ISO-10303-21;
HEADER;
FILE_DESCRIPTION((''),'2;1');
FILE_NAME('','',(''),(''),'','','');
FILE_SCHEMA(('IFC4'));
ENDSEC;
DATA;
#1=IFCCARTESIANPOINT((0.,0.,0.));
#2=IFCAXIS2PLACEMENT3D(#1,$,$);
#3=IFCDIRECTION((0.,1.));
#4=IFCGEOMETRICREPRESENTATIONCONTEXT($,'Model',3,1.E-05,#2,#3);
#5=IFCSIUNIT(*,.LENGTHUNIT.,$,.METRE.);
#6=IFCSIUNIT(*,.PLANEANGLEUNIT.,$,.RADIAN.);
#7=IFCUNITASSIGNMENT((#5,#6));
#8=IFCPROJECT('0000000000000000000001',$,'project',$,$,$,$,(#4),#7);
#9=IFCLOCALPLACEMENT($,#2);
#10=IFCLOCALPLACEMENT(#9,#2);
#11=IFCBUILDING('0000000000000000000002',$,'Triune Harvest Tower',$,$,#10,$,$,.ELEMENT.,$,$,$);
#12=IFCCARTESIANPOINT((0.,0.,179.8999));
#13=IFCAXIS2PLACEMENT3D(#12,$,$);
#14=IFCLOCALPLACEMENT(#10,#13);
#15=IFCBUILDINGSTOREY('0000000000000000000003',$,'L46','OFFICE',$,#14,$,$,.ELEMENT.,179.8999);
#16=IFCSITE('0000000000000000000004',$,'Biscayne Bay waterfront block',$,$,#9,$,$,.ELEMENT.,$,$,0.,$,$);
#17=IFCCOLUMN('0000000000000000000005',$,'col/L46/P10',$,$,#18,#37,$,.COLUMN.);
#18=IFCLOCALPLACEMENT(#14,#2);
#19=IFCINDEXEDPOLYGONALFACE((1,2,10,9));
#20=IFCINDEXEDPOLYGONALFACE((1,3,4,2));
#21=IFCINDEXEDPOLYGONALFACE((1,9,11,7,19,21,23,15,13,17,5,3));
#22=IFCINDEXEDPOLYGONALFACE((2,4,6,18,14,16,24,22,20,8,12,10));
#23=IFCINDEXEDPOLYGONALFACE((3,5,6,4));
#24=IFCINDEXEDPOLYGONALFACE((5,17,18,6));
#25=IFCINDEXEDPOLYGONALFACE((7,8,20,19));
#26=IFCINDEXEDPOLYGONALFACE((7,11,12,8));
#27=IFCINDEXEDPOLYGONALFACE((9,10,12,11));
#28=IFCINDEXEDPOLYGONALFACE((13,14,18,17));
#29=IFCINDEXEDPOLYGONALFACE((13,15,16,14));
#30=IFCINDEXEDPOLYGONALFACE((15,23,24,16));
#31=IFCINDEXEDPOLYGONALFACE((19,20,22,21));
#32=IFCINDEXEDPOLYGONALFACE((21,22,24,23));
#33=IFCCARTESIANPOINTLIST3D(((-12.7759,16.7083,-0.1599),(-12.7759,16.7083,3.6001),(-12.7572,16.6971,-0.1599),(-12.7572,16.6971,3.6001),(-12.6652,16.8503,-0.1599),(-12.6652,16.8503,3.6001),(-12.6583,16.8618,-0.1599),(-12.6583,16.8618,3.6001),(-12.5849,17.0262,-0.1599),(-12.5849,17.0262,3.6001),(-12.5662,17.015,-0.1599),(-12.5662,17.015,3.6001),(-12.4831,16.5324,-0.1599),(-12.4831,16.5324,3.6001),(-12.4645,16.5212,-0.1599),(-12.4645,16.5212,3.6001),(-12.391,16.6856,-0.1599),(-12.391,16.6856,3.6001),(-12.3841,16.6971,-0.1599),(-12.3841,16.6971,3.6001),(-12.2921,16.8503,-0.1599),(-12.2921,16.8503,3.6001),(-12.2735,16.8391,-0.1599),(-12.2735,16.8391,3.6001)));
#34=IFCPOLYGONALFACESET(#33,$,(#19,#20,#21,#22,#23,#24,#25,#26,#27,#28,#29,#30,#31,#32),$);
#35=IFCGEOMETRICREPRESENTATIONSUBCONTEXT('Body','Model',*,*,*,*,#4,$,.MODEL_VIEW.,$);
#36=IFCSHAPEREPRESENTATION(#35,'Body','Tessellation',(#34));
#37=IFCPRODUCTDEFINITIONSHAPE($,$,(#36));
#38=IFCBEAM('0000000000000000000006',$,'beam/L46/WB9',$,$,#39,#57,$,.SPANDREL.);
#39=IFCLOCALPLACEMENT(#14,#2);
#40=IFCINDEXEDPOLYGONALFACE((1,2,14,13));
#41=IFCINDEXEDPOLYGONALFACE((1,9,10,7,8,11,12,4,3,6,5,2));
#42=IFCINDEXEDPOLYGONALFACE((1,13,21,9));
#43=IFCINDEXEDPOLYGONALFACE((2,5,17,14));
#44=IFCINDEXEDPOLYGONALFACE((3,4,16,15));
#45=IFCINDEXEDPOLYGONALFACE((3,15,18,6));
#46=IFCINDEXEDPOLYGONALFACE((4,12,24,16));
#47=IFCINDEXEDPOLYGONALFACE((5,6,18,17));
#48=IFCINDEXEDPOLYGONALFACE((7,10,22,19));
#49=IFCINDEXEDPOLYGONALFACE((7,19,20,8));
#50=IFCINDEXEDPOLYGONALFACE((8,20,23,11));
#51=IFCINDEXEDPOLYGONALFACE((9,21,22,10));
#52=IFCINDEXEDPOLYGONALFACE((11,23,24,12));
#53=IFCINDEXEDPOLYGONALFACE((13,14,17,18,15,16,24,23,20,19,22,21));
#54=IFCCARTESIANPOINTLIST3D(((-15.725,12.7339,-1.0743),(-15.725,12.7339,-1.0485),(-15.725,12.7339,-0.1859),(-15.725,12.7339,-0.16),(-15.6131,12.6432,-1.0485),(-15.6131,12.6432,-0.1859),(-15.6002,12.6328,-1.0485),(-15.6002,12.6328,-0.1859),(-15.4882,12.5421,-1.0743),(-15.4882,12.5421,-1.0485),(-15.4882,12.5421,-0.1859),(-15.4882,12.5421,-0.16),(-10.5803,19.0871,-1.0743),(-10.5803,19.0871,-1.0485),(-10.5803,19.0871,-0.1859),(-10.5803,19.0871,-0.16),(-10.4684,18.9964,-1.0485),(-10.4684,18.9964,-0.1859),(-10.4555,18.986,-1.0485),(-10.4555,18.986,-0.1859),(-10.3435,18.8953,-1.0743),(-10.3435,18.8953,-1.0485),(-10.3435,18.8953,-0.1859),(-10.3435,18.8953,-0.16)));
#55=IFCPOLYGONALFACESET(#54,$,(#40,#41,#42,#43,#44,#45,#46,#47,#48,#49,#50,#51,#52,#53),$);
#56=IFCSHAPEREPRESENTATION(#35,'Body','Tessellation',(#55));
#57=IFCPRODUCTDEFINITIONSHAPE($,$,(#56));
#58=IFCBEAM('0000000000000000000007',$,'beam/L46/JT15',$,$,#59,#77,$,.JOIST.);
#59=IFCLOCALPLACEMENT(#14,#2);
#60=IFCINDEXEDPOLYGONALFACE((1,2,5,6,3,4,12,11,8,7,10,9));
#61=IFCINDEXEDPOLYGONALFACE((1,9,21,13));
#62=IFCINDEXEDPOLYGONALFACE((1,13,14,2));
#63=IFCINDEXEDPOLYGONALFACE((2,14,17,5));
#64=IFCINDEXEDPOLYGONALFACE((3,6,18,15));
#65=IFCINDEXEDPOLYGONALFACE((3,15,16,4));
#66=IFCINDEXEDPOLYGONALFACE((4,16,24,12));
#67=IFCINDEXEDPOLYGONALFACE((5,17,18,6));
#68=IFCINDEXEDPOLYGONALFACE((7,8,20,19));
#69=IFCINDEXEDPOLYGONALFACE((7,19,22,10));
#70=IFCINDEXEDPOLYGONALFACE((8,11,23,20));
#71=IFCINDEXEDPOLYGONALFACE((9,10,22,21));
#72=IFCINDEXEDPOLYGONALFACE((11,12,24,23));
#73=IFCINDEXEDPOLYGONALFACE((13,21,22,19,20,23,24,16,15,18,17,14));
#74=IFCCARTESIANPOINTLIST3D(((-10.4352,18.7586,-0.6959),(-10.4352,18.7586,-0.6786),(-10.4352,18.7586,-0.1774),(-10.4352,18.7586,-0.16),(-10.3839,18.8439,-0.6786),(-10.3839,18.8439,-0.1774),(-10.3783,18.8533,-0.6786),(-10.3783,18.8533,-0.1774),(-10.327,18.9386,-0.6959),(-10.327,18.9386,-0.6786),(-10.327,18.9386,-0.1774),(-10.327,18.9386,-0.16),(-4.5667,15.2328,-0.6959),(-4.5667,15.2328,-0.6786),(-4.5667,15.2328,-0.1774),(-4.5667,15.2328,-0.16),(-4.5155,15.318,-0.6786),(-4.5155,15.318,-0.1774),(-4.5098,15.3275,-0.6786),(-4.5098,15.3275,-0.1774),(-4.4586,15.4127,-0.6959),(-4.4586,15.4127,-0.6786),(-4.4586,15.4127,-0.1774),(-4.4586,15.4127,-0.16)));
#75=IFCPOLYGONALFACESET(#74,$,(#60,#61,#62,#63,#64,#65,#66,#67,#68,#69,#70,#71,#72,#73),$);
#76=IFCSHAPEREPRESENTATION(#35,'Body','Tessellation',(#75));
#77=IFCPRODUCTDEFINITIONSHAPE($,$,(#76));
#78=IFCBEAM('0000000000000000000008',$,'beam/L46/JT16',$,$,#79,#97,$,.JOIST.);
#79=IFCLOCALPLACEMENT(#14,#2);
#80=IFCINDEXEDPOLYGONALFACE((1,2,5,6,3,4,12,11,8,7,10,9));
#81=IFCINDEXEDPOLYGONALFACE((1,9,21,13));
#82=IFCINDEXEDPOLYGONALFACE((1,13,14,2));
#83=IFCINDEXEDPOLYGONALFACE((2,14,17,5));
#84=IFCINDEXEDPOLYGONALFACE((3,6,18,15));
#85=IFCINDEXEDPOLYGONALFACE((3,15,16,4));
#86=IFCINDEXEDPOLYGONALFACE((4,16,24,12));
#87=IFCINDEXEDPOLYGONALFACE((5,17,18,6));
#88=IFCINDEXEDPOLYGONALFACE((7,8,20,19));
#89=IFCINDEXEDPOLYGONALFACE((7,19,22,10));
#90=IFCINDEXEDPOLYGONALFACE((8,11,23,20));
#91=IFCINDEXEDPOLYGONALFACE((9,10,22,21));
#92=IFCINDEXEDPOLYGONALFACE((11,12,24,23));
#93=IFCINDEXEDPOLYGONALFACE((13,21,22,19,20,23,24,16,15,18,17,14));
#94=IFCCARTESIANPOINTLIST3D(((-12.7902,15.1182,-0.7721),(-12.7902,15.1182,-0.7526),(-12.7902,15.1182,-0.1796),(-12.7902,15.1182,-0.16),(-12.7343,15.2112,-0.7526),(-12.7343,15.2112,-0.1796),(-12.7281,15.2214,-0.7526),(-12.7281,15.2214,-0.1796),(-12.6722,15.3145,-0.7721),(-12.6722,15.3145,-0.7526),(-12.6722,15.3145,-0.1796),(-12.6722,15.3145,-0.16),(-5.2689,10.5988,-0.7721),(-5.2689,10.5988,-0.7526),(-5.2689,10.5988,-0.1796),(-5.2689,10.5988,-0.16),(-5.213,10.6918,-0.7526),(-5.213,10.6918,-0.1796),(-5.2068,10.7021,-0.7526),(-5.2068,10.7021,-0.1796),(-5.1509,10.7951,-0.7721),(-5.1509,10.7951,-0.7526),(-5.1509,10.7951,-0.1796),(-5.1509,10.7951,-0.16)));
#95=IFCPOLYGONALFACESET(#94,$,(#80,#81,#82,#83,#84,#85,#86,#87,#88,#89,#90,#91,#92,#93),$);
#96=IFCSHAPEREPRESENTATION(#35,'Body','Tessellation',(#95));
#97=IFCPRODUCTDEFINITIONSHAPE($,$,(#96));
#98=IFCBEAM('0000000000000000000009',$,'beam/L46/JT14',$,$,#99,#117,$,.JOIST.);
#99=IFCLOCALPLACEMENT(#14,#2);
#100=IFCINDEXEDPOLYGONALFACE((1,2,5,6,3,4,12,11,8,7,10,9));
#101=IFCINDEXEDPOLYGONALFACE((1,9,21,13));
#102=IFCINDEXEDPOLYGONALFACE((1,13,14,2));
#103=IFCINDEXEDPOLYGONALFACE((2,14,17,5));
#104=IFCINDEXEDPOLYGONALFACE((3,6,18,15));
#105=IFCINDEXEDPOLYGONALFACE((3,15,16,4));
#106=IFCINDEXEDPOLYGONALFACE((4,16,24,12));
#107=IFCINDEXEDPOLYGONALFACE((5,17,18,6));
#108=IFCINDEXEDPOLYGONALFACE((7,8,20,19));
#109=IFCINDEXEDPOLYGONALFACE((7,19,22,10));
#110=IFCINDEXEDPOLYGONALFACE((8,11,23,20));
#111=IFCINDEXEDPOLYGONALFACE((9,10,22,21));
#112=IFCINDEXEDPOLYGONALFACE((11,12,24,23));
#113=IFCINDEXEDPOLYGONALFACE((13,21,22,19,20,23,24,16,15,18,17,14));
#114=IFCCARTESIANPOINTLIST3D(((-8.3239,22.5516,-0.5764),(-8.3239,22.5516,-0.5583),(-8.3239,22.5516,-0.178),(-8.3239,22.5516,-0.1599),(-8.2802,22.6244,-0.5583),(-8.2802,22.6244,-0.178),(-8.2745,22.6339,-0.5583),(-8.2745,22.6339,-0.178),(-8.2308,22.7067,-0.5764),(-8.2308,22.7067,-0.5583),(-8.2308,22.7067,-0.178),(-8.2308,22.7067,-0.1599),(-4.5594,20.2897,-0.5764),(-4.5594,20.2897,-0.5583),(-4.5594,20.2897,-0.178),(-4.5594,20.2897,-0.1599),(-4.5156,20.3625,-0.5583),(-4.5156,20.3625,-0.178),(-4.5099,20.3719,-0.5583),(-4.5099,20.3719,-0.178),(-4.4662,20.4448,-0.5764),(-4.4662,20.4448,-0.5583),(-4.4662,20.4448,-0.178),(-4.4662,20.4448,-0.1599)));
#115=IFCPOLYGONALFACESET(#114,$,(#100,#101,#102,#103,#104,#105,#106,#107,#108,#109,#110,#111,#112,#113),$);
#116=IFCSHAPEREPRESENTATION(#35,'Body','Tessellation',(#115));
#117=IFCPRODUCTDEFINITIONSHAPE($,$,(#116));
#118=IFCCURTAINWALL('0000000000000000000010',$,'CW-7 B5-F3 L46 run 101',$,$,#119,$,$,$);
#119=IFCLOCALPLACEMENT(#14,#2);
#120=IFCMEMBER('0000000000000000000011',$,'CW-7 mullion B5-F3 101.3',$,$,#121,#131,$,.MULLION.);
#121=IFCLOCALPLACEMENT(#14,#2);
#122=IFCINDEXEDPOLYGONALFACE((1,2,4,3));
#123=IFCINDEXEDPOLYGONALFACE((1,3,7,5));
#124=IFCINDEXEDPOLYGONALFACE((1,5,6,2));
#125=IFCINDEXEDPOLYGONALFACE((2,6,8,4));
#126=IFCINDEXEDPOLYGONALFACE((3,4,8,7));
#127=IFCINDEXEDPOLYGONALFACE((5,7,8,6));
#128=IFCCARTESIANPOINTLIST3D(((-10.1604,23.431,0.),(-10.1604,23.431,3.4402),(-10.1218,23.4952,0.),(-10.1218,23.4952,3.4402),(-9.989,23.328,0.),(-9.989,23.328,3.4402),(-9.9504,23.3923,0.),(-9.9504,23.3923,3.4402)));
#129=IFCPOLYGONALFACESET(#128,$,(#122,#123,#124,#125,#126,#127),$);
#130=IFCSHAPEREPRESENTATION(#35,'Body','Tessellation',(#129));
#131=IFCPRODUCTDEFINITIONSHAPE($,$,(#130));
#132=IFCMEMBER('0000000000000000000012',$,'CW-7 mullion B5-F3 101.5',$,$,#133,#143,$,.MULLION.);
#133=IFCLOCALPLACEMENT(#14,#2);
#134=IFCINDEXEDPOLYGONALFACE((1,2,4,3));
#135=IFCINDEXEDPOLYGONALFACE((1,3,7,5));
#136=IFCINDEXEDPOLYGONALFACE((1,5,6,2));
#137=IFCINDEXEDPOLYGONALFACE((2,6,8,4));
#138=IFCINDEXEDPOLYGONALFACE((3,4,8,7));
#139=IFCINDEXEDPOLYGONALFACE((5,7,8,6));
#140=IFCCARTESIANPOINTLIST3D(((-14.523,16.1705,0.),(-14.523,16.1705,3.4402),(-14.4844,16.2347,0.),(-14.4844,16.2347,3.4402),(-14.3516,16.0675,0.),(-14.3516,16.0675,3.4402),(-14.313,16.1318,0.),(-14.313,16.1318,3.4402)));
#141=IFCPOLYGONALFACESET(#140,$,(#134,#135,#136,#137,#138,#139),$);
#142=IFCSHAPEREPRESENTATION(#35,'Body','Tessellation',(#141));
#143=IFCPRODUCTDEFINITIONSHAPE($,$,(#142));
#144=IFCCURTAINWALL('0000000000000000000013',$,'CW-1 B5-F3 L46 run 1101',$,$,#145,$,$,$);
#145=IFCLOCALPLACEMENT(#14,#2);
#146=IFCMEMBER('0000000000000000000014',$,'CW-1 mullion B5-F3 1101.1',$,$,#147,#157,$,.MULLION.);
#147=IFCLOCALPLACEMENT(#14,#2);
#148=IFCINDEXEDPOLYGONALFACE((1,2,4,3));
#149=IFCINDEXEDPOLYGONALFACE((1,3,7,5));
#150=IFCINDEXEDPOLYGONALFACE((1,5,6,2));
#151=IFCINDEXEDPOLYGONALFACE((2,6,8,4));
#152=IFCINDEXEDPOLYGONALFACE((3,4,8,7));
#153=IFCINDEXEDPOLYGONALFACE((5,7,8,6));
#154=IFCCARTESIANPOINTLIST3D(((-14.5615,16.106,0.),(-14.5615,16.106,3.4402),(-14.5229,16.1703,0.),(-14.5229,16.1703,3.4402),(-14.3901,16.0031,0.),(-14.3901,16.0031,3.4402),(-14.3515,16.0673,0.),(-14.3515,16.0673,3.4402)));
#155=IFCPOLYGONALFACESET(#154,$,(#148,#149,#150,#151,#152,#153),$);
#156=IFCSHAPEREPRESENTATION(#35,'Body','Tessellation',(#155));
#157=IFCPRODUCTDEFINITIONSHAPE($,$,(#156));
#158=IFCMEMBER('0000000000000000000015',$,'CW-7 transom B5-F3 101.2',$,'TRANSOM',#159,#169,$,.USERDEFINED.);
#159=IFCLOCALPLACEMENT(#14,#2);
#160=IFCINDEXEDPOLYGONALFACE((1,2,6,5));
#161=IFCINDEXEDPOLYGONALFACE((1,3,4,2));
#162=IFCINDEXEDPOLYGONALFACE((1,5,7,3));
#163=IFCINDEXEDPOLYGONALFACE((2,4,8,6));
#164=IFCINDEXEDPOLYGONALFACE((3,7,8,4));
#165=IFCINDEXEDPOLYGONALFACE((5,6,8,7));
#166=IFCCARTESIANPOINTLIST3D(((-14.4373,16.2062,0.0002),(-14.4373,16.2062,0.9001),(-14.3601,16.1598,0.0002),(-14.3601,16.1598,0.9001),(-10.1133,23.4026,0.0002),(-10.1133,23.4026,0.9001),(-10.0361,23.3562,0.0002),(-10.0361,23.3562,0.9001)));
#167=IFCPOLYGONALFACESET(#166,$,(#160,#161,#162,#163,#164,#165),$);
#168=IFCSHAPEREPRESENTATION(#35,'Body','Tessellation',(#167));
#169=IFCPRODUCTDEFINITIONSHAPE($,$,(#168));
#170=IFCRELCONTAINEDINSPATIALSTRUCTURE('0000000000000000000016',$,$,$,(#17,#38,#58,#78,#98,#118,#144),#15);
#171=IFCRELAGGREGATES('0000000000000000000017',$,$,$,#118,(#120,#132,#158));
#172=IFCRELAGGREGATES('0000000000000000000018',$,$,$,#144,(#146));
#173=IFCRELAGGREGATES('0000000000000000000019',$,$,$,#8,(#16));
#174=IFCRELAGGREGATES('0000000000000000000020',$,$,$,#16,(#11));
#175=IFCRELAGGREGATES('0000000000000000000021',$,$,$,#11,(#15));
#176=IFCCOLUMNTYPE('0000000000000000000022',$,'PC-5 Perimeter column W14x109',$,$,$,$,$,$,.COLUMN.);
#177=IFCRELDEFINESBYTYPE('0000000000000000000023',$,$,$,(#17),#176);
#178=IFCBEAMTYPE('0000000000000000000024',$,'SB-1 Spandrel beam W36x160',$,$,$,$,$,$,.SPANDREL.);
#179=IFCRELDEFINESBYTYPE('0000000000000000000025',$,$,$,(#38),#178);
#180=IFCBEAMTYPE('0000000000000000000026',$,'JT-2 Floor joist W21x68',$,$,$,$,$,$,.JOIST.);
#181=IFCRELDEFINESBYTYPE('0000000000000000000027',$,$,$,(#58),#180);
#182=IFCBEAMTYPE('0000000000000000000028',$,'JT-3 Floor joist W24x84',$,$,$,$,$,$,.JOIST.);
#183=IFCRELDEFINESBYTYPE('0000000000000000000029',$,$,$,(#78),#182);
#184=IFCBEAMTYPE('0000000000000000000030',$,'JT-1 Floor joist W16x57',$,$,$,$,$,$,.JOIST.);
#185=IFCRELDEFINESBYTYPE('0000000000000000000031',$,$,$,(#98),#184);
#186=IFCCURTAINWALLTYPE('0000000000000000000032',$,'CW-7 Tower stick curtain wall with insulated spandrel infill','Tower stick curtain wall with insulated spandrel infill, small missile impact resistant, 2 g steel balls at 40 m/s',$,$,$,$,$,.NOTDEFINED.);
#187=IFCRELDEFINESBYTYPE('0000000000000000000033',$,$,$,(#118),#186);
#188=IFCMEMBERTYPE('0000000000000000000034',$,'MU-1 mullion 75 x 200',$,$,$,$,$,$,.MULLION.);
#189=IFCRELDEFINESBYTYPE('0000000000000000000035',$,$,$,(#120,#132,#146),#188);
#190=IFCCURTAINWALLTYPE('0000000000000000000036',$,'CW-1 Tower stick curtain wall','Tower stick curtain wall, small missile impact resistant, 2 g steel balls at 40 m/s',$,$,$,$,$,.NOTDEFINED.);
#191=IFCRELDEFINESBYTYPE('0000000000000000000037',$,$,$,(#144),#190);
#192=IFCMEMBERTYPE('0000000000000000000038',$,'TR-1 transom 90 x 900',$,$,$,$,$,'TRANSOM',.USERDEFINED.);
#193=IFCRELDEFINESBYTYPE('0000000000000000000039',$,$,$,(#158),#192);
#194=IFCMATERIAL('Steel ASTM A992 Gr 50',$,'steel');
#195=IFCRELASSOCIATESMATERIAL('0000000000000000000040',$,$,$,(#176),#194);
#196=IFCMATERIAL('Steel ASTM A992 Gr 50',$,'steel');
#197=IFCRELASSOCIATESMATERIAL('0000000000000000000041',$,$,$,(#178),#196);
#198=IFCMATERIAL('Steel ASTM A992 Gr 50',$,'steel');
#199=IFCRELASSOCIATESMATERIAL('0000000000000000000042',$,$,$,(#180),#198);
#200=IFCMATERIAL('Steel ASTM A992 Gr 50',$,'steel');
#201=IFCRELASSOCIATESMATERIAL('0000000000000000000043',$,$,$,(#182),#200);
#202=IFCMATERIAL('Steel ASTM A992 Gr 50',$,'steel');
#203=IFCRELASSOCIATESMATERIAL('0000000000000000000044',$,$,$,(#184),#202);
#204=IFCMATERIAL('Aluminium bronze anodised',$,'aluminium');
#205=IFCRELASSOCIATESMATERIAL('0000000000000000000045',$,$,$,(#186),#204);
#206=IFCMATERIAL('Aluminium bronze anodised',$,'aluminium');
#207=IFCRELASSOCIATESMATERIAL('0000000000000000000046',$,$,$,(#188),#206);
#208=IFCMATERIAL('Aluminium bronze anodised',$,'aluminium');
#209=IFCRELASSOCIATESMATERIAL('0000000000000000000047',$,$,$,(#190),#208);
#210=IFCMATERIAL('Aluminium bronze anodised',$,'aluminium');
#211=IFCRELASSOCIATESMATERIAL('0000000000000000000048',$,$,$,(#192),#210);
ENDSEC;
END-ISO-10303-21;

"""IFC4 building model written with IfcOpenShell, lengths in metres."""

from ifc_helpers import new_model, si_unit, direction, frame, origin, origin_2d, place, context, subcontext, project, spatial, rectangle, i_section, extrude, source, transform, mapped, material, material_profile, profile_set, type_object, element, aggregate, save


model = new_model("IFC4")

# Units and contexts
model_context = context("Model", 3, precision=1e-05, world=origin(), true_north=direction((0.0, 1.0)))
body_context = subcontext(model_context, "Body", "Model", "MODEL_VIEW")
ifc_project = project(units=[si_unit("LENGTHUNIT", "METRE"), si_unit("PLANEANGLEUNIT", "RADIAN")], contexts=[model_context])

# Site, building, storey
site_placement = place(None, origin())
site = spatial("IfcSite", under=ifc_project, at=site_placement, Name="Biscayne Bay waterfront block", CompositionType="ELEMENT", RefElevation=0.0)
building_placement = place(site_placement, origin())
building = spatial("IfcBuilding", under=site, at=building_placement, Name="Triune Harvest Tower", CompositionType="ELEMENT")
storey_placement = place(building_placement, frame((0.0, 0.0, 179.8999)))
storey = spatial("IfcBuildingStorey", under=building, at=storey_placement, Name="L46", Description="OFFICE", CompositionType="ELEMENT", Elevation=179.8999)

# Column
ifc_material_1 = material(Name="Steel ASTM A992 Gr 50", Category="steel")
ifc_material_profile_1 = material_profile(ifc_material_1, i_section(OverallWidth=0.3708, OverallDepth=0.3633, WebThickness=0.0134, FlangeThickness=0.0217, at=origin_2d()), Name="W14x109")
ifc_profile_set_1 = profile_set([ifc_material_profile_1], Name="Steel ASTM A992 Gr 50")
column_type = type_object("IfcColumnType", Name="PC-5 Perimeter column W14x109", PredefinedType="COLUMN", material=ifc_profile_set_1)
shared_shape_1 = source(origin(), body_context, "Body", "SweptSolid", [
    extrude(i_section(OverallWidth=0.3708, OverallDepth=0.3633, WebThickness=0.0134, FlangeThickness=0.0217, at=origin_2d()), origin(), (0.0, 0.0, 1.0), 3.76),
])
column_placement = place(storey_placement, frame((-12.5247, 16.7737, -0.1599), z_axis=(0.0, 0.0, 1.0), x_axis=(-0.515037, -0.857168, 0.0)))
element("IfcColumn", 1, at=column_placement, inside=storey, type_object=column_type, Name="col/L46/P10", PredefinedType="COLUMN", context=body_context, shape_type="MappedRepresentation", body=[
    mapped(shared_shape_1, transform((0.0, 0.0, 0.0), scale=1.0)),
])

# Beams
ifc_material_2 = material(Name="Steel ASTM A992 Gr 50", Category="steel")
ifc_material_profile_2 = material_profile(ifc_material_2, i_section(OverallWidth=0.3047, OverallDepth=0.9143, WebThickness=0.0166, FlangeThickness=0.0259, at=origin_2d()), Name="W36x160")
ifc_profile_set_2 = profile_set([ifc_material_profile_2], Name="Steel ASTM A992 Gr 50")
beam_type_1 = type_object("IfcBeamType", Name="SB-1 Spandrel beam W36x160", PredefinedType="SPANDREL", material=ifc_profile_set_2)
shared_shape_2 = source(origin(), body_context, "Body", "SweptSolid", [
    extrude(i_section(OverallWidth=0.3047, OverallDepth=0.9143, WebThickness=0.0166, FlangeThickness=0.0259, at=origin_2d()), origin(), (0.0, 0.0, 1.0), 8.175),
])
beam_1_placement = place(storey_placement, frame((-10.4619, 18.9912, -0.6172), z_axis=(-0.62932, -0.777146, 0.0), x_axis=(0.777146, -0.62932, 0.0)))
element("IfcBeam", 2, at=beam_1_placement, inside=storey, type_object=beam_type_1, Name="beam/L46/WB9", PredefinedType="SPANDREL", context=body_context, shape_type="MappedRepresentation", body=[
    mapped(shared_shape_2, transform((0.0, 0.0, 0.0), scale=1.0)),
])
ifc_material_3 = material(Name="Steel ASTM A992 Gr 50", Category="steel")
ifc_material_profile_3 = material_profile(ifc_material_3, i_section(OverallWidth=0.21, OverallDepth=0.5359, WebThickness=0.011, FlangeThickness=0.0173, at=origin_2d()), Name="W21x68")
ifc_profile_set_3 = profile_set([ifc_material_profile_3], Name="Steel ASTM A992 Gr 50")
beam_type_2 = type_object("IfcBeamType", Name="JT-2 Floor joist W21x68", PredefinedType="JOIST", material=ifc_profile_set_3)
shared_shape_3 = source(origin(), body_context, "Body", "SweptSolid", [
    extrude(i_section(OverallWidth=0.21, OverallDepth=0.5359, WebThickness=0.011, FlangeThickness=0.0173, at=origin_2d()), origin(), (0.0, 0.0, 1.0), 6.8462),
])
beam_2_placement = place(storey_placement, frame((-10.3811, 18.8486, -0.428), z_axis=(0.857181, -0.515015, 0.0), x_axis=(0.515015, 0.857181, 0.0)))
element("IfcBeam", 3, at=beam_2_placement, inside=storey, type_object=beam_type_2, Name="beam/L46/JT15", PredefinedType="JOIST", context=body_context, shape_type="MappedRepresentation", body=[
    mapped(shared_shape_3, transform((0.0, 0.0, 0.0), scale=1.0)),
])
ifc_material_4 = material(Name="Steel ASTM A992 Gr 50", Category="steel")
ifc_material_profile_4 = material_profile(ifc_material_4, i_section(OverallWidth=0.229, OverallDepth=0.6121, WebThickness=0.012, FlangeThickness=0.0195, at=origin_2d()), Name="W24x84")
ifc_profile_set_4 = profile_set([ifc_material_profile_4], Name="Steel ASTM A992 Gr 50")
beam_type_3 = type_object("IfcBeamType", Name="JT-3 Floor joist W24x84", PredefinedType="JOIST", material=ifc_profile_set_4)
shared_shape_4 = source(origin(), body_context, "Body", "SweptSolid", [
    extrude(i_section(OverallWidth=0.229, OverallDepth=0.6121, WebThickness=0.012, FlangeThickness=0.0195, at=origin_2d()), origin(), (0.0, 0.0, 1.0), 8.7747),
])
beam_3_placement = place(storey_placement, frame((-12.7312, 15.2163, -0.4661), z_axis=(0.857164, -0.515044, 0.0), x_axis=(0.515044, 0.857164, 0.0)))
element("IfcBeam", 4, at=beam_3_placement, inside=storey, type_object=beam_type_3, Name="beam/L46/JT16", PredefinedType="JOIST", context=body_context, shape_type="MappedRepresentation", body=[
    mapped(shared_shape_4, transform((0.0, 0.0, 0.0), scale=1.0)),
])
ifc_material_5 = material(Name="Steel ASTM A992 Gr 50", Category="steel")
ifc_material_profile_5 = material_profile(ifc_material_5, i_section(OverallWidth=0.1809, OverallDepth=0.4165, WebThickness=0.011, FlangeThickness=0.0181, at=origin_2d()), Name="W16x57")
ifc_profile_set_5 = profile_set([ifc_material_profile_5], Name="Steel ASTM A992 Gr 50")
beam_type_4 = type_object("IfcBeamType", Name="JT-1 Floor joist W16x57", PredefinedType="JOIST", material=ifc_profile_set_5)
shared_shape_5 = source(origin(), body_context, "Body", "SweptSolid", [
    extrude(i_section(OverallWidth=0.1809, OverallDepth=0.4165, WebThickness=0.011, FlangeThickness=0.0181, at=origin_2d()), origin(), (0.0, 0.0, 1.0), 4.3918),
])
beam_4_placement = place(storey_placement, frame((-8.2773, 22.6292, -0.3682), z_axis=(0.857174, -0.515027, 0.0), x_axis=(0.515027, 0.857174, 0.0)))
element("IfcBeam", 5, at=beam_4_placement, inside=storey, type_object=beam_type_4, Name="beam/L46/JT14", PredefinedType="JOIST", context=body_context, shape_type="MappedRepresentation", body=[
    mapped(shared_shape_5, transform((0.0, 0.0, 0.0), scale=1.0)),
])

# Curtain wall, members
ifc_material_6 = material(Name="Aluminium bronze anodised", Category="aluminium")
curtain_wall_type_1 = type_object("IfcCurtainWallType", Name="CW-7 Tower stick curtain wall with insulated spandrel infill", Description="Tower stick curtain wall with insulated spandrel infill, small missile impact resistant, 2 g steel balls at 40 m/s", PredefinedType="NOTDEFINED", material=ifc_material_6)
curtain_wall_1_placement = place(storey_placement, origin())
curtain_wall_1 = element("IfcCurtainWall", 6, at=curtain_wall_1_placement, inside=storey, type_object=curtain_wall_type_1, Name="CW-7 B5-F3 L46 run 101")
ifc_material_7 = material(Name="Aluminium bronze anodised", Category="aluminium")
ifc_material_profile_6 = material_profile(ifc_material_7, rectangle(XDim=0.2, YDim=0.075, at=origin_2d()), Name="MU-1 mullion 75 x 200")
ifc_profile_set_6 = profile_set([ifc_material_profile_6], Name="Aluminium bronze anodised")
member_type_1 = type_object("IfcMemberType", Name="MU-1 mullion 75 x 200", PredefinedType="MULLION", material=ifc_profile_set_6)
shared_shape_6 = source(origin(), body_context, "Body", "SweptSolid", [
    extrude(rectangle(XDim=0.2, YDim=0.075, at=origin_2d()), origin(), (0.0, 0.0, 1.0), 3.4402),
])
member_1_placement = place(storey_placement, frame((-10.0554, 23.4116, 0.0), z_axis=(0.0, 0.0, 1.0), x_axis=(0.85717, -0.515034, 0.0)))
member_1 = element("IfcMember", 7, at=member_1_placement, type_object=member_type_1, Name="CW-7 mullion B5-F3 101.3", PredefinedType="MULLION", context=body_context, shape_type="MappedRepresentation", body=[
    mapped(shared_shape_6, transform((0.0, 0.0, 0.0), scale=1.0)),
])
member_2_placement = place(storey_placement, frame((-14.418, 16.1511, 0.0), z_axis=(0.0, 0.0, 1.0), x_axis=(0.85717, -0.515034, 0.0)))
member_2 = element("IfcMember", 8, at=member_2_placement, type_object=member_type_1, Name="CW-7 mullion B5-F3 101.5", PredefinedType="MULLION", context=body_context, shape_type="MappedRepresentation", body=[
    mapped(shared_shape_6, transform((0.0, 0.0, 0.0), scale=1.0)),
])

# Curtain wall, member
ifc_material_8 = material(Name="Aluminium bronze anodised", Category="aluminium")
curtain_wall_type_2 = type_object("IfcCurtainWallType", Name="CW-1 Tower stick curtain wall", Description="Tower stick curtain wall, small missile impact resistant, 2 g steel balls at 40 m/s", PredefinedType="NOTDEFINED", material=ifc_material_8)
curtain_wall_2_placement = place(storey_placement, origin())
curtain_wall_2 = element("IfcCurtainWall", 9, at=curtain_wall_2_placement, inside=storey, type_object=curtain_wall_type_2, Name="CW-1 B5-F3 L46 run 1101")
member_3_placement = place(storey_placement, frame((-14.4565, 16.0867, 0.0), z_axis=(0.0, 0.0, 1.0), x_axis=(0.857164, -0.515043, 0.0)))
member_3 = element("IfcMember", 10, at=member_3_placement, type_object=member_type_1, Name="CW-1 mullion B5-F3 1101.1", PredefinedType="MULLION", context=body_context, shape_type="MappedRepresentation", body=[
    mapped(shared_shape_6, transform((0.0, 0.0, 0.0), scale=1.0)),
])

# Member
ifc_material_9 = material(Name="Aluminium bronze anodised", Category="aluminium")
ifc_material_profile_7 = material_profile(ifc_material_9, rectangle(XDim=0.0901, YDim=0.8999, at=origin_2d()), Name="TR-1 transom 90 x 900")
ifc_profile_set_7 = profile_set([ifc_material_profile_7], Name="Aluminium bronze anodised")
member_type_2 = type_object("IfcMemberType", Name="TR-1 transom 90 x 900", ElementType="TRANSOM", PredefinedType="USERDEFINED", material=ifc_profile_set_7)
shared_shape_7 = source(origin(), body_context, "Body", "SweptSolid", [
    extrude(rectangle(XDim=0.0901, YDim=0.8999, at=origin_2d()), origin(), (0.0, 0.0, 1.0), 8.3955),
])
member_4_placement = place(storey_placement, frame((-10.0747, 23.3794, 0.4502), z_axis=(-0.515039, -0.857167, 0.0), x_axis=(0.857167, -0.515039, 0.0)))
member_4 = element("IfcMember", 11, at=member_4_placement, type_object=member_type_2, Name="CW-7 transom B5-F3 101.2", ObjectType="TRANSOM", PredefinedType="USERDEFINED", context=body_context, shape_type="MappedRepresentation", body=[
    mapped(shared_shape_7, transform((0.0, 0.0, 0.0), scale=1.0)),
])

aggregate(curtain_wall_1, [member_1, member_2, member_4])
aggregate(curtain_wall_2, [member_3])

save(model, "model.ifc")
